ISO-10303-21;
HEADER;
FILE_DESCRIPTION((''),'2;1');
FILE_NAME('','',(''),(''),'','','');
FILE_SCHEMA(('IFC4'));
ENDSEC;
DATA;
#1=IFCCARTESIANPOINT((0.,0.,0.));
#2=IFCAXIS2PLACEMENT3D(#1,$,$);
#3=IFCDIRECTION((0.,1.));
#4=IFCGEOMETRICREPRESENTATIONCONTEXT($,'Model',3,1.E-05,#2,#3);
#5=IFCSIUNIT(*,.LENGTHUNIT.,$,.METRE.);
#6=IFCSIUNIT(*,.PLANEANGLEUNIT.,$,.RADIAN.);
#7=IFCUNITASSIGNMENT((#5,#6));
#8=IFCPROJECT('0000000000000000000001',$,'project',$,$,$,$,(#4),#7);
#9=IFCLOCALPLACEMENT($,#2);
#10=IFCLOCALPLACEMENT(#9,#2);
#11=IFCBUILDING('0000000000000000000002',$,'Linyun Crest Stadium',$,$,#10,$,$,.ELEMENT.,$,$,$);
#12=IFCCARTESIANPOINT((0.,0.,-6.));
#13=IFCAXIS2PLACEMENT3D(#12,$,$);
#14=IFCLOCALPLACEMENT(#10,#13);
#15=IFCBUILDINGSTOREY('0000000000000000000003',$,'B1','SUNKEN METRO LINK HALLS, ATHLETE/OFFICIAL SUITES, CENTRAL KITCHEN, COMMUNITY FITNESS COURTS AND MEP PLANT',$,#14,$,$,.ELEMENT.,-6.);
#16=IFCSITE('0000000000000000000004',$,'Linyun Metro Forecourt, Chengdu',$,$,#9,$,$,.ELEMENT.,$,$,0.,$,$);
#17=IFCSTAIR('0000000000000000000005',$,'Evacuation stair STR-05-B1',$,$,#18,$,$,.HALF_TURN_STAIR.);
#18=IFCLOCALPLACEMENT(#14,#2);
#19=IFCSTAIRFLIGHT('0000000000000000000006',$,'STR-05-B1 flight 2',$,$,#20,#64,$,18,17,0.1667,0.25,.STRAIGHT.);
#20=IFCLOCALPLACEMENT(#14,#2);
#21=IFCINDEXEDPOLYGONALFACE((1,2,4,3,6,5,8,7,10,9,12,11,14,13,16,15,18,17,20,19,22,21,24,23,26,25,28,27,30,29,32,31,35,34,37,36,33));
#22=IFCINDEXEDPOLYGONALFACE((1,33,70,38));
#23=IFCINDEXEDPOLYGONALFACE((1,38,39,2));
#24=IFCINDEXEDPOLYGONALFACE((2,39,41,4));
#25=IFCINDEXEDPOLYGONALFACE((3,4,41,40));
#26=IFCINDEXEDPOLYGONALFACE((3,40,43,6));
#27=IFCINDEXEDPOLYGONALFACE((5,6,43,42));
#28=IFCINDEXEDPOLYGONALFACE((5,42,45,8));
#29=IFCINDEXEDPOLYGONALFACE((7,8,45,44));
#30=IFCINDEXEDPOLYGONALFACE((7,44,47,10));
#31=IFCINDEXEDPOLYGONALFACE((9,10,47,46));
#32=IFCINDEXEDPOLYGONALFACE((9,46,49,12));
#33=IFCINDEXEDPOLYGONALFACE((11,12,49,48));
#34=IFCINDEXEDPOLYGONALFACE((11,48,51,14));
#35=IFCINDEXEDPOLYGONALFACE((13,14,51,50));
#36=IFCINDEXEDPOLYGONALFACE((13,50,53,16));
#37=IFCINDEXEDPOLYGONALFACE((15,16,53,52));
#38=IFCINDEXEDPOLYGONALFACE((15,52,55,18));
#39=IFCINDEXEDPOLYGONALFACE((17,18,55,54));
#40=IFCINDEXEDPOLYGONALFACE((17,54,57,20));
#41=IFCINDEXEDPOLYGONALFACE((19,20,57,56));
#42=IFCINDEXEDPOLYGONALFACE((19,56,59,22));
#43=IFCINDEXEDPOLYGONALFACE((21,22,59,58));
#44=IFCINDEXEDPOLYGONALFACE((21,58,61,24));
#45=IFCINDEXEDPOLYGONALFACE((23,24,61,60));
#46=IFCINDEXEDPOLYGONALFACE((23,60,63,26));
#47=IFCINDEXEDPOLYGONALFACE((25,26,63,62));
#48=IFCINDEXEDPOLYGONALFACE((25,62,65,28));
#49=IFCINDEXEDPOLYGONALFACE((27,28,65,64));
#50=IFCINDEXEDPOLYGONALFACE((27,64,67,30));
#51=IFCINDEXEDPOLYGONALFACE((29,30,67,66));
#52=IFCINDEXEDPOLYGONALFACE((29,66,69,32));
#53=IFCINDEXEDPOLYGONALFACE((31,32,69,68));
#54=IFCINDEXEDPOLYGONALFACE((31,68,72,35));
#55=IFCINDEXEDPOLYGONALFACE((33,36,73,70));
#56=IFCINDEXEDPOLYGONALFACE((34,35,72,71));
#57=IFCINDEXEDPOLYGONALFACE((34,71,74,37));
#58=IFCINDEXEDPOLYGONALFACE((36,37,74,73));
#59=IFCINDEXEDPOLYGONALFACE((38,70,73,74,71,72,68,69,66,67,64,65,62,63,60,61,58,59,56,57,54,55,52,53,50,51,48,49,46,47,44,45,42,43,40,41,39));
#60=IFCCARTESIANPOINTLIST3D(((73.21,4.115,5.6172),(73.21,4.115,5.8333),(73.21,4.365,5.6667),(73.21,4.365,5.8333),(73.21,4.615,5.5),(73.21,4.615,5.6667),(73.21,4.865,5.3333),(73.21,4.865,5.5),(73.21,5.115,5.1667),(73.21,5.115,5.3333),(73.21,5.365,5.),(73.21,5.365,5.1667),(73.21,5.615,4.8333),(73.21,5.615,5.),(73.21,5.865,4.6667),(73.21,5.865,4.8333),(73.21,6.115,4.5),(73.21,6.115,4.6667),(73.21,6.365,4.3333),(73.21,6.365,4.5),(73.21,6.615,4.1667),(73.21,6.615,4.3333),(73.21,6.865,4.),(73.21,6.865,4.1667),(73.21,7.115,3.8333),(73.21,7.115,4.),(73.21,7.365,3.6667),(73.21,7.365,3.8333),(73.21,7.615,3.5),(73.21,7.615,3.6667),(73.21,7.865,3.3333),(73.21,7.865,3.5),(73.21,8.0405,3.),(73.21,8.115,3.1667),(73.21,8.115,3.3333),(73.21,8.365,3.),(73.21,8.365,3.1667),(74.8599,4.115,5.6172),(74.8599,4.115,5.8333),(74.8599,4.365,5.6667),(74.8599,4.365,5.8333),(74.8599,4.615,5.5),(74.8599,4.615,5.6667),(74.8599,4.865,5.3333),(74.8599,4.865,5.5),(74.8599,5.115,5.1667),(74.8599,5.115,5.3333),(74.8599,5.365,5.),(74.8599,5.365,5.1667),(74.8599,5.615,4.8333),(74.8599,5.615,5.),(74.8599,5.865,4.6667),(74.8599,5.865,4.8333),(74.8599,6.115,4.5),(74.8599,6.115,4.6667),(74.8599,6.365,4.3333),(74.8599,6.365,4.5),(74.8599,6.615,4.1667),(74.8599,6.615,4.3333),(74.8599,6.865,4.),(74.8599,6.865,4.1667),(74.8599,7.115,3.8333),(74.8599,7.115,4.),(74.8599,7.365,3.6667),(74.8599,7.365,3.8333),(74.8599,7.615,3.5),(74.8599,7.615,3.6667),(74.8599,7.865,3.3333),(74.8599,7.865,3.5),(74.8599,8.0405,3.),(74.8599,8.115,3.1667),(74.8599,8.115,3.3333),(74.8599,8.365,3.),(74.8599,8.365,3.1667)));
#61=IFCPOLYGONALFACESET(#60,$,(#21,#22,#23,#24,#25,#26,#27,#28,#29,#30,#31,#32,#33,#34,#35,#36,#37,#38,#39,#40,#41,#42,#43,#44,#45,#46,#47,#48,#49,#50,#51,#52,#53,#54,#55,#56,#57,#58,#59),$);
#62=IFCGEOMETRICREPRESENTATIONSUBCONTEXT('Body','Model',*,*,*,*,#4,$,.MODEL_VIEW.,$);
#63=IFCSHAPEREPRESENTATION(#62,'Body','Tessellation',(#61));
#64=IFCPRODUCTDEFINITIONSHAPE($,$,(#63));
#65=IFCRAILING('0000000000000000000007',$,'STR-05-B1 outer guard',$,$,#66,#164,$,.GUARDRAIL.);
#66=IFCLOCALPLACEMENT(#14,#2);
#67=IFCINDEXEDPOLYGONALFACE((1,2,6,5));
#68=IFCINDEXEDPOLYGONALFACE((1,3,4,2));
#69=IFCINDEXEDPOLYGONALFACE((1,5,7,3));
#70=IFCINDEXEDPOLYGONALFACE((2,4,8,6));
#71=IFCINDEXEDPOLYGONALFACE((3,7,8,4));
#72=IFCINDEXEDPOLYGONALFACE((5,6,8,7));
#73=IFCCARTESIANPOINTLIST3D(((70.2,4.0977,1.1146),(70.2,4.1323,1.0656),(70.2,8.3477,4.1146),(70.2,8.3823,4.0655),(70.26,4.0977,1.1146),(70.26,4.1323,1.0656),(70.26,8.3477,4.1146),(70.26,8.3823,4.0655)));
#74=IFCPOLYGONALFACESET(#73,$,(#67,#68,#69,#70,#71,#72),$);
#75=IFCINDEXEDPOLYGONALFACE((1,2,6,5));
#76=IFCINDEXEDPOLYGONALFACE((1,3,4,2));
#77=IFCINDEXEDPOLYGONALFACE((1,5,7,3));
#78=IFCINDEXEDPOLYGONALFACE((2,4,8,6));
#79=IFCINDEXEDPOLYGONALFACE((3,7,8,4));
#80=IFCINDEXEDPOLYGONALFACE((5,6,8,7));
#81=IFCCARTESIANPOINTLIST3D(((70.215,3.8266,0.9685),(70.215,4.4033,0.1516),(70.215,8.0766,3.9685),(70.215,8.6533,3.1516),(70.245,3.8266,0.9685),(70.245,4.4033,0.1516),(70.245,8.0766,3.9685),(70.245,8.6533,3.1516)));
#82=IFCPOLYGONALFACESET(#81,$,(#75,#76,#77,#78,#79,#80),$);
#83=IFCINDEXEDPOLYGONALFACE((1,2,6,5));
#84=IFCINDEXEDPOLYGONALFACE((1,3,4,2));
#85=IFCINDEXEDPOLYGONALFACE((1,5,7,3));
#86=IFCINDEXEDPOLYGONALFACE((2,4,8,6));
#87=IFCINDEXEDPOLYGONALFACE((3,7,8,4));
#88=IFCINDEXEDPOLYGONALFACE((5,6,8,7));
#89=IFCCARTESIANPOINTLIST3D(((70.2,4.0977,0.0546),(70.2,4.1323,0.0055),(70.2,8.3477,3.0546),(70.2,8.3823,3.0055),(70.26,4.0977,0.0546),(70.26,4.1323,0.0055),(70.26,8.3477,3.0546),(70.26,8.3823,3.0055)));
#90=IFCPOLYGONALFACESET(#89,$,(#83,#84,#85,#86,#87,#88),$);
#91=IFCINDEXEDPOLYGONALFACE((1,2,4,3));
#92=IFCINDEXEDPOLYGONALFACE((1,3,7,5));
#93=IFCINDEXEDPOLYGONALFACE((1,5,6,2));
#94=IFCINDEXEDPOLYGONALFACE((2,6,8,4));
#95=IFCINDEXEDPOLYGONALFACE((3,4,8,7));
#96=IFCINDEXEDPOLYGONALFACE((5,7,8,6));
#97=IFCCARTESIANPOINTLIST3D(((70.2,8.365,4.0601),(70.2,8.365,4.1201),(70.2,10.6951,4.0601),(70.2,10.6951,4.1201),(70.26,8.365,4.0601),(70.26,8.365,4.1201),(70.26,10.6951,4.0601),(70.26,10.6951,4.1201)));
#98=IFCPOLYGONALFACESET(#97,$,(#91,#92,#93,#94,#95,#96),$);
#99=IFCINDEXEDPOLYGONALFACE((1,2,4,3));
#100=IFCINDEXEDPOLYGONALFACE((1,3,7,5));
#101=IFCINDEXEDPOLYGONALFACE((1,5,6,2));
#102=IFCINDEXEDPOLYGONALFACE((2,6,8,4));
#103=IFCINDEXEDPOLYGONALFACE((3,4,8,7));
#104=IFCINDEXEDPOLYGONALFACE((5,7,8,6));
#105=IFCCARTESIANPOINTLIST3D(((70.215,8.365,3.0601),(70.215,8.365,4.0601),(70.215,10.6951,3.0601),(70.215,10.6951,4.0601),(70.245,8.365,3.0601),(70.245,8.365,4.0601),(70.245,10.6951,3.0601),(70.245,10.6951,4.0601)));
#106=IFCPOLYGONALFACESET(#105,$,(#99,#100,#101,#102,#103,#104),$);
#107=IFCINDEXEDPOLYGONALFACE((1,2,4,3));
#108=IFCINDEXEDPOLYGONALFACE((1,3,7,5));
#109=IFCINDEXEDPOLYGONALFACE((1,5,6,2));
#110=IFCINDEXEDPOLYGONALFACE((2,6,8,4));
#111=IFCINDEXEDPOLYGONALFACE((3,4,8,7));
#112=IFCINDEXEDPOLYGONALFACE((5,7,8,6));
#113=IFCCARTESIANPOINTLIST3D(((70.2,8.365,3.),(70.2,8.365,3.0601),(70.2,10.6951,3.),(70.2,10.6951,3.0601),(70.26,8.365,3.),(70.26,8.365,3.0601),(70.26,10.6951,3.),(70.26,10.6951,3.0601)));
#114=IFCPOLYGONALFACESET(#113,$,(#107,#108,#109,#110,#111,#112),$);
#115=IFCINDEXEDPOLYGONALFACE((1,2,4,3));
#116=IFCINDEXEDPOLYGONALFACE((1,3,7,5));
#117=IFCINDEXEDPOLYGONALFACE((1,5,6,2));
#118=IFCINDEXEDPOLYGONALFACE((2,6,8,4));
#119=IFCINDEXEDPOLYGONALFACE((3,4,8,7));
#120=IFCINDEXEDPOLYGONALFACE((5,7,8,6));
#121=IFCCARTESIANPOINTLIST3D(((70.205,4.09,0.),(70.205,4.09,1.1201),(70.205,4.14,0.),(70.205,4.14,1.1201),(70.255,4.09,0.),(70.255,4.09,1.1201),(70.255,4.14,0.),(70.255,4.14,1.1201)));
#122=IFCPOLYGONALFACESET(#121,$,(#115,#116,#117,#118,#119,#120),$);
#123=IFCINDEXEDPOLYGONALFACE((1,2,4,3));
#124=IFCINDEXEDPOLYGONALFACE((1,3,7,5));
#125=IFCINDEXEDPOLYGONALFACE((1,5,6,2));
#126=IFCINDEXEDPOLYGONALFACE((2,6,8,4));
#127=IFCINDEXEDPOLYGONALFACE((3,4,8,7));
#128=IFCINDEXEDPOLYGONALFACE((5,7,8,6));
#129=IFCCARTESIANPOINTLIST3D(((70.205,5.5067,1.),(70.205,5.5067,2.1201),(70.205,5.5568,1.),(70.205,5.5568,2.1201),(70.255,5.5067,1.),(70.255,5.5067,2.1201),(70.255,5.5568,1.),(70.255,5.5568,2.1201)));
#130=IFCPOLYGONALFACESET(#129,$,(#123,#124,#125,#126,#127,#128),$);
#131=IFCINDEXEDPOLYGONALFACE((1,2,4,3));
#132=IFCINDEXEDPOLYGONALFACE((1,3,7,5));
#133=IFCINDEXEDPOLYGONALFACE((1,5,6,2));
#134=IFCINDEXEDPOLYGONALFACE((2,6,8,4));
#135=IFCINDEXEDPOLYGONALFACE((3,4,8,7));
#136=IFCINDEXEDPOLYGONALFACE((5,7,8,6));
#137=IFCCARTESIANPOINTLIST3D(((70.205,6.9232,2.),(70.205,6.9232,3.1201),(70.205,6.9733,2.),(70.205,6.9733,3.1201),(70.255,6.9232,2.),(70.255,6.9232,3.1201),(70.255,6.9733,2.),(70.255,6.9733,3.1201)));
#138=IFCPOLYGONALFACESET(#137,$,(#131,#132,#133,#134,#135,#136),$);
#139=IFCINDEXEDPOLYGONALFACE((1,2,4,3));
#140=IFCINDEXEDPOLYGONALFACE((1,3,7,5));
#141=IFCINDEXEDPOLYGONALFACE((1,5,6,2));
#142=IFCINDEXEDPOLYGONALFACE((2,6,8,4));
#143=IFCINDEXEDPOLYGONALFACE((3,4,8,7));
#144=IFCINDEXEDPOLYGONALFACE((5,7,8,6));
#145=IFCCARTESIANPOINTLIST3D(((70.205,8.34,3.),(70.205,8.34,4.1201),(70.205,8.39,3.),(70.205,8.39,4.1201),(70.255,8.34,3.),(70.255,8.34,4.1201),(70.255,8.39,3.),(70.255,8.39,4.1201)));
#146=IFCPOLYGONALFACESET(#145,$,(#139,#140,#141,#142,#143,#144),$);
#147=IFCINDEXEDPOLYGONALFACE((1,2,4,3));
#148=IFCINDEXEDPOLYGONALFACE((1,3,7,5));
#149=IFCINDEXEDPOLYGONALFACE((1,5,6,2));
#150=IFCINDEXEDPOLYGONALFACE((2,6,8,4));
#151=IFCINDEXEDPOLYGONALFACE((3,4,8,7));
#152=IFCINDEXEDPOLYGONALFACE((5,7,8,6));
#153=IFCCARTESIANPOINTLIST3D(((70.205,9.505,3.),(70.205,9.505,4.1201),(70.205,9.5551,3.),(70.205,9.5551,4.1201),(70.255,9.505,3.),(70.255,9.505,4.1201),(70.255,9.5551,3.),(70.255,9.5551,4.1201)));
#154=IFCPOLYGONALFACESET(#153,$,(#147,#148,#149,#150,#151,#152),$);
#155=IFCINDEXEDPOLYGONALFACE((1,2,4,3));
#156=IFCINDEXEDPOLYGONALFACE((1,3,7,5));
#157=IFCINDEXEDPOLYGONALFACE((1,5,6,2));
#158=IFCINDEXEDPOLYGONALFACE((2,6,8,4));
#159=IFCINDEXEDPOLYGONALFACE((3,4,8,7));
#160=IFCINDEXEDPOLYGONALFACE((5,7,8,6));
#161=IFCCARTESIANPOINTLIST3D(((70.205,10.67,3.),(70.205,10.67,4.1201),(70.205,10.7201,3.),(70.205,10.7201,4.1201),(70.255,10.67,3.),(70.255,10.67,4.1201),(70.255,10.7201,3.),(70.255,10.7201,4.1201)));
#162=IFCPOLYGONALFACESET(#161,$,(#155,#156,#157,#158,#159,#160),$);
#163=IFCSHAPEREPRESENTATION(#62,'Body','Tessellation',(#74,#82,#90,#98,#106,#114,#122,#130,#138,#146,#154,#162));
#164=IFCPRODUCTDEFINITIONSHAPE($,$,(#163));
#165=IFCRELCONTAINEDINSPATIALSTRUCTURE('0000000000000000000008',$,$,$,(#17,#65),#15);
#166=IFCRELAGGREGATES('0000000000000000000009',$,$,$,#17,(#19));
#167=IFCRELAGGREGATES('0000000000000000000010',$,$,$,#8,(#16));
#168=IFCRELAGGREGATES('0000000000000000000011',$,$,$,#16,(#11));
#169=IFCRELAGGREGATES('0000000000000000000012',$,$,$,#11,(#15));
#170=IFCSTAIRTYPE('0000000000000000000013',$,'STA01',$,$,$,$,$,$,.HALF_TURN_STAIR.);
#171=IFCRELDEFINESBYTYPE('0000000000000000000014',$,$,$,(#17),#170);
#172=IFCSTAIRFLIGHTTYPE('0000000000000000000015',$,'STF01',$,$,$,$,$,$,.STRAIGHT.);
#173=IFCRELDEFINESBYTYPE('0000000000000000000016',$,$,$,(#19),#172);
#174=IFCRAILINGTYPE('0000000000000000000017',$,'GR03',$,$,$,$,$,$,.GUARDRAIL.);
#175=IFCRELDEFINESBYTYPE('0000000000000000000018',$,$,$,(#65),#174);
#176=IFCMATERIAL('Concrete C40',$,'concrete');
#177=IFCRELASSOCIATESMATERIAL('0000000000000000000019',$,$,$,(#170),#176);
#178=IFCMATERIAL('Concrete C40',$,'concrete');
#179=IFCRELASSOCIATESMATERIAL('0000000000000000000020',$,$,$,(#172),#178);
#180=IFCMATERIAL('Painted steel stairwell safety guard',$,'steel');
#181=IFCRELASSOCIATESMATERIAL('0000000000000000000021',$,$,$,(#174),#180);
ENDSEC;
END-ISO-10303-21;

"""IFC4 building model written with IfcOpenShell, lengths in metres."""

from ifc_helpers import new_model, si_unit, direction, frame, origin, origin_2d, place, context, subcontext, project, spatial, polyline, rectangle, outline, extrude, material, type_object, element, aggregate, save


model = new_model("IFC4")

# Units and contexts
model_context = context("Model", 3, precision=1e-05, world=origin(), true_north=direction((0.0, 1.0)))
body_context = subcontext(model_context, "Body", "Model", "MODEL_VIEW")
ifc_project = project(units=[si_unit("LENGTHUNIT", "METRE"), si_unit("PLANEANGLEUNIT", "RADIAN")], contexts=[model_context])

# Site, building, storey
site_placement = place(None, origin())
site = spatial("IfcSite", under=ifc_project, at=site_placement, Name="Linyun Metro Forecourt, Chengdu", CompositionType="ELEMENT", RefElevation=0.0)
building_placement = place(site_placement, origin())
building = spatial("IfcBuilding", under=site, at=building_placement, Name="Linyun Crest Stadium", CompositionType="ELEMENT")
storey_placement = place(building_placement, frame((0.0, 0.0, -6.0)))
storey = spatial("IfcBuildingStorey", under=building, at=storey_placement, Name="B1", Description="SUNKEN METRO LINK HALLS, ATHLETE/OFFICIAL SUITES, CENTRAL KITCHEN, COMMUNITY FITNESS COURTS AND MEP PLANT", CompositionType="ELEMENT", Elevation=-6.0)

# Stair, stair flight
ifc_material_1 = material(Name="Concrete C40", Category="concrete")
stair_type = type_object("IfcStairType", Name="STA01", PredefinedType="HALF_TURN_STAIR", material=ifc_material_1)
stair_placement = place(storey_placement, origin())
stair = element("IfcStair", 1, at=stair_placement, inside=storey, type_object=stair_type, Name="Evacuation stair STR-05-B1", PredefinedType="HALF_TURN_STAIR")
ifc_material_2 = material(Name="Concrete C40", Category="concrete")
stair_flight_type = type_object("IfcStairFlightType", Name="STF01", PredefinedType="STRAIGHT", material=ifc_material_2)
stair_flight_1_placement = place(storey_placement, frame((74.0349, 8.365, 3.0), z_axis=(0.0, 0.0, 1.0), x_axis=(0.0, -1.0, 0.0)))
stair_flight_1 = element("IfcStairFlight", 2, at=stair_flight_1_placement, type_object=stair_flight_type, Name="STR-05-B1 flight 2", NumberOfRisers=18, NumberOfTreads=17, PredefinedType="STRAIGHT", RiserHeight=0.1667, TreadLength=0.25, context=body_context, shape_type="SweptSolid", body=[
    extrude(outline(polyline([(0.0, 0.0), (0.0, 0.1667), (0.25, 0.1667), (0.25, 0.3333), (0.5, 0.3333), (0.5, 0.5), (0.75, 0.5), (0.75, 0.6667), (1.0, 0.6667), (1.0, 0.8333), (1.25, 0.8333), (1.25, 1.0), (1.5, 1.0), (1.5, 1.1667), (1.75, 1.1667), (1.75, 1.3333), (2.0, 1.3333), (2.0, 1.5), (2.25, 1.5), (2.25, 1.6667), (2.5, 1.6667), (2.5, 1.8333), (2.75, 1.8333), (2.75, 2.0), (3.0, 2.0), (3.0, 2.1667), (3.25, 2.1667), (3.25, 2.3333), (3.5, 2.3333), (3.5, 2.5), (3.75, 2.5), (3.75, 2.6667), (4.0, 2.6667), (4.0, 2.8333), (4.25, 2.8333), (4.25, 3.0), (4.25, 2.6172), (0.3245, 0.0), (0.0, 0.0)])), frame((0.0, 0.825, 0.0), z_axis=(0.0, -1.0, 0.0), x_axis=(1.0, 0.0, 0.0)), (0.0, 0.0, 1.0), 1.6499),
])
aggregate(stair, [stair_flight_1])

# Railing
ifc_material_3 = material(Name="Painted steel stairwell safety guard", Category="steel")
railing_type_1 = type_object("IfcRailingType", Name="GR03", PredefinedType="GUARDRAIL", material=ifc_material_3)
railing_1_placement = place(storey_placement, frame((70.23, 4.115, 0.0)))
element("IfcRailing", 3, at=railing_1_placement, inside=storey, type_object=railing_type_1, Name="STR-05-B1 outer guard", PredefinedType="GUARDRAIL", context=body_context, shape_type="SweptSolid", body=[
    extrude(rectangle(XDim=0.0601, YDim=0.0601, at=origin_2d()), frame((0.0, 0.0, 1.0901), z_axis=(0.0, 0.816968, 0.576683), x_axis=(-1.0, 0.0, 0.0)), (0.0, 0.0, 1.0), 5.2021),
    extrude(rectangle(XDim=0.03, YDim=1.0, at=origin_2d()), frame((0.0, 0.0, 0.5601), z_axis=(0.0, 0.816968, 0.576683), x_axis=(-1.0, 0.0, 0.0)), (0.0, 0.0, 1.0), 5.2021),
    extrude(rectangle(XDim=0.0601, YDim=0.0601, at=origin_2d()), frame((0.0, 0.0, 0.03), z_axis=(0.0, 0.816968, 0.576683), x_axis=(-1.0, 0.0, 0.0)), (0.0, 0.0, 1.0), 5.2021),
    extrude(rectangle(XDim=0.0601, YDim=0.0601, at=origin_2d()), frame((0.0, 4.25, 4.0901), z_axis=(0.0, 1.0, 0.0), x_axis=(-1.0, 0.0, 0.0)), (0.0, 0.0, 1.0), 2.3301),
    extrude(rectangle(XDim=0.03, YDim=1.0, at=origin_2d()), frame((0.0, 4.25, 3.5601), z_axis=(0.0, 1.0, 0.0), x_axis=(-1.0, 0.0, 0.0)), (0.0, 0.0, 1.0), 2.3301),
    extrude(rectangle(XDim=0.0601, YDim=0.0601, at=origin_2d()), frame((0.0, 4.25, 3.03), z_axis=(0.0, 1.0, 0.0), x_axis=(-1.0, 0.0, 0.0)), (0.0, 0.0, 1.0), 2.3301),
    extrude(rectangle(XDim=0.05, YDim=0.05, at=origin_2d()), origin(), (0.0, 0.0, 1.0), 1.1201),
    extrude(rectangle(XDim=0.05, YDim=0.05, at=origin_2d()), frame((0.0, 1.4167, 1.0)), (0.0, 0.0, 1.0), 1.1201),
    extrude(rectangle(XDim=0.05, YDim=0.05, at=origin_2d()), frame((0.0, 2.8333, 2.0)), (0.0, 0.0, 1.0), 1.1201),
    extrude(rectangle(XDim=0.05, YDim=0.05, at=origin_2d()), frame((0.0, 4.25, 3.0)), (0.0, 0.0, 1.0), 1.1201),
    extrude(rectangle(XDim=0.05, YDim=0.05, at=origin_2d()), frame((0.0, 5.415, 3.0)), (0.0, 0.0, 1.0), 1.1201),
    extrude(rectangle(XDim=0.05, YDim=0.05, at=origin_2d()), frame((0.0, 6.5801, 3.0)), (0.0, 0.0, 1.0), 1.1201),
])

save(model, "model.ifc")
